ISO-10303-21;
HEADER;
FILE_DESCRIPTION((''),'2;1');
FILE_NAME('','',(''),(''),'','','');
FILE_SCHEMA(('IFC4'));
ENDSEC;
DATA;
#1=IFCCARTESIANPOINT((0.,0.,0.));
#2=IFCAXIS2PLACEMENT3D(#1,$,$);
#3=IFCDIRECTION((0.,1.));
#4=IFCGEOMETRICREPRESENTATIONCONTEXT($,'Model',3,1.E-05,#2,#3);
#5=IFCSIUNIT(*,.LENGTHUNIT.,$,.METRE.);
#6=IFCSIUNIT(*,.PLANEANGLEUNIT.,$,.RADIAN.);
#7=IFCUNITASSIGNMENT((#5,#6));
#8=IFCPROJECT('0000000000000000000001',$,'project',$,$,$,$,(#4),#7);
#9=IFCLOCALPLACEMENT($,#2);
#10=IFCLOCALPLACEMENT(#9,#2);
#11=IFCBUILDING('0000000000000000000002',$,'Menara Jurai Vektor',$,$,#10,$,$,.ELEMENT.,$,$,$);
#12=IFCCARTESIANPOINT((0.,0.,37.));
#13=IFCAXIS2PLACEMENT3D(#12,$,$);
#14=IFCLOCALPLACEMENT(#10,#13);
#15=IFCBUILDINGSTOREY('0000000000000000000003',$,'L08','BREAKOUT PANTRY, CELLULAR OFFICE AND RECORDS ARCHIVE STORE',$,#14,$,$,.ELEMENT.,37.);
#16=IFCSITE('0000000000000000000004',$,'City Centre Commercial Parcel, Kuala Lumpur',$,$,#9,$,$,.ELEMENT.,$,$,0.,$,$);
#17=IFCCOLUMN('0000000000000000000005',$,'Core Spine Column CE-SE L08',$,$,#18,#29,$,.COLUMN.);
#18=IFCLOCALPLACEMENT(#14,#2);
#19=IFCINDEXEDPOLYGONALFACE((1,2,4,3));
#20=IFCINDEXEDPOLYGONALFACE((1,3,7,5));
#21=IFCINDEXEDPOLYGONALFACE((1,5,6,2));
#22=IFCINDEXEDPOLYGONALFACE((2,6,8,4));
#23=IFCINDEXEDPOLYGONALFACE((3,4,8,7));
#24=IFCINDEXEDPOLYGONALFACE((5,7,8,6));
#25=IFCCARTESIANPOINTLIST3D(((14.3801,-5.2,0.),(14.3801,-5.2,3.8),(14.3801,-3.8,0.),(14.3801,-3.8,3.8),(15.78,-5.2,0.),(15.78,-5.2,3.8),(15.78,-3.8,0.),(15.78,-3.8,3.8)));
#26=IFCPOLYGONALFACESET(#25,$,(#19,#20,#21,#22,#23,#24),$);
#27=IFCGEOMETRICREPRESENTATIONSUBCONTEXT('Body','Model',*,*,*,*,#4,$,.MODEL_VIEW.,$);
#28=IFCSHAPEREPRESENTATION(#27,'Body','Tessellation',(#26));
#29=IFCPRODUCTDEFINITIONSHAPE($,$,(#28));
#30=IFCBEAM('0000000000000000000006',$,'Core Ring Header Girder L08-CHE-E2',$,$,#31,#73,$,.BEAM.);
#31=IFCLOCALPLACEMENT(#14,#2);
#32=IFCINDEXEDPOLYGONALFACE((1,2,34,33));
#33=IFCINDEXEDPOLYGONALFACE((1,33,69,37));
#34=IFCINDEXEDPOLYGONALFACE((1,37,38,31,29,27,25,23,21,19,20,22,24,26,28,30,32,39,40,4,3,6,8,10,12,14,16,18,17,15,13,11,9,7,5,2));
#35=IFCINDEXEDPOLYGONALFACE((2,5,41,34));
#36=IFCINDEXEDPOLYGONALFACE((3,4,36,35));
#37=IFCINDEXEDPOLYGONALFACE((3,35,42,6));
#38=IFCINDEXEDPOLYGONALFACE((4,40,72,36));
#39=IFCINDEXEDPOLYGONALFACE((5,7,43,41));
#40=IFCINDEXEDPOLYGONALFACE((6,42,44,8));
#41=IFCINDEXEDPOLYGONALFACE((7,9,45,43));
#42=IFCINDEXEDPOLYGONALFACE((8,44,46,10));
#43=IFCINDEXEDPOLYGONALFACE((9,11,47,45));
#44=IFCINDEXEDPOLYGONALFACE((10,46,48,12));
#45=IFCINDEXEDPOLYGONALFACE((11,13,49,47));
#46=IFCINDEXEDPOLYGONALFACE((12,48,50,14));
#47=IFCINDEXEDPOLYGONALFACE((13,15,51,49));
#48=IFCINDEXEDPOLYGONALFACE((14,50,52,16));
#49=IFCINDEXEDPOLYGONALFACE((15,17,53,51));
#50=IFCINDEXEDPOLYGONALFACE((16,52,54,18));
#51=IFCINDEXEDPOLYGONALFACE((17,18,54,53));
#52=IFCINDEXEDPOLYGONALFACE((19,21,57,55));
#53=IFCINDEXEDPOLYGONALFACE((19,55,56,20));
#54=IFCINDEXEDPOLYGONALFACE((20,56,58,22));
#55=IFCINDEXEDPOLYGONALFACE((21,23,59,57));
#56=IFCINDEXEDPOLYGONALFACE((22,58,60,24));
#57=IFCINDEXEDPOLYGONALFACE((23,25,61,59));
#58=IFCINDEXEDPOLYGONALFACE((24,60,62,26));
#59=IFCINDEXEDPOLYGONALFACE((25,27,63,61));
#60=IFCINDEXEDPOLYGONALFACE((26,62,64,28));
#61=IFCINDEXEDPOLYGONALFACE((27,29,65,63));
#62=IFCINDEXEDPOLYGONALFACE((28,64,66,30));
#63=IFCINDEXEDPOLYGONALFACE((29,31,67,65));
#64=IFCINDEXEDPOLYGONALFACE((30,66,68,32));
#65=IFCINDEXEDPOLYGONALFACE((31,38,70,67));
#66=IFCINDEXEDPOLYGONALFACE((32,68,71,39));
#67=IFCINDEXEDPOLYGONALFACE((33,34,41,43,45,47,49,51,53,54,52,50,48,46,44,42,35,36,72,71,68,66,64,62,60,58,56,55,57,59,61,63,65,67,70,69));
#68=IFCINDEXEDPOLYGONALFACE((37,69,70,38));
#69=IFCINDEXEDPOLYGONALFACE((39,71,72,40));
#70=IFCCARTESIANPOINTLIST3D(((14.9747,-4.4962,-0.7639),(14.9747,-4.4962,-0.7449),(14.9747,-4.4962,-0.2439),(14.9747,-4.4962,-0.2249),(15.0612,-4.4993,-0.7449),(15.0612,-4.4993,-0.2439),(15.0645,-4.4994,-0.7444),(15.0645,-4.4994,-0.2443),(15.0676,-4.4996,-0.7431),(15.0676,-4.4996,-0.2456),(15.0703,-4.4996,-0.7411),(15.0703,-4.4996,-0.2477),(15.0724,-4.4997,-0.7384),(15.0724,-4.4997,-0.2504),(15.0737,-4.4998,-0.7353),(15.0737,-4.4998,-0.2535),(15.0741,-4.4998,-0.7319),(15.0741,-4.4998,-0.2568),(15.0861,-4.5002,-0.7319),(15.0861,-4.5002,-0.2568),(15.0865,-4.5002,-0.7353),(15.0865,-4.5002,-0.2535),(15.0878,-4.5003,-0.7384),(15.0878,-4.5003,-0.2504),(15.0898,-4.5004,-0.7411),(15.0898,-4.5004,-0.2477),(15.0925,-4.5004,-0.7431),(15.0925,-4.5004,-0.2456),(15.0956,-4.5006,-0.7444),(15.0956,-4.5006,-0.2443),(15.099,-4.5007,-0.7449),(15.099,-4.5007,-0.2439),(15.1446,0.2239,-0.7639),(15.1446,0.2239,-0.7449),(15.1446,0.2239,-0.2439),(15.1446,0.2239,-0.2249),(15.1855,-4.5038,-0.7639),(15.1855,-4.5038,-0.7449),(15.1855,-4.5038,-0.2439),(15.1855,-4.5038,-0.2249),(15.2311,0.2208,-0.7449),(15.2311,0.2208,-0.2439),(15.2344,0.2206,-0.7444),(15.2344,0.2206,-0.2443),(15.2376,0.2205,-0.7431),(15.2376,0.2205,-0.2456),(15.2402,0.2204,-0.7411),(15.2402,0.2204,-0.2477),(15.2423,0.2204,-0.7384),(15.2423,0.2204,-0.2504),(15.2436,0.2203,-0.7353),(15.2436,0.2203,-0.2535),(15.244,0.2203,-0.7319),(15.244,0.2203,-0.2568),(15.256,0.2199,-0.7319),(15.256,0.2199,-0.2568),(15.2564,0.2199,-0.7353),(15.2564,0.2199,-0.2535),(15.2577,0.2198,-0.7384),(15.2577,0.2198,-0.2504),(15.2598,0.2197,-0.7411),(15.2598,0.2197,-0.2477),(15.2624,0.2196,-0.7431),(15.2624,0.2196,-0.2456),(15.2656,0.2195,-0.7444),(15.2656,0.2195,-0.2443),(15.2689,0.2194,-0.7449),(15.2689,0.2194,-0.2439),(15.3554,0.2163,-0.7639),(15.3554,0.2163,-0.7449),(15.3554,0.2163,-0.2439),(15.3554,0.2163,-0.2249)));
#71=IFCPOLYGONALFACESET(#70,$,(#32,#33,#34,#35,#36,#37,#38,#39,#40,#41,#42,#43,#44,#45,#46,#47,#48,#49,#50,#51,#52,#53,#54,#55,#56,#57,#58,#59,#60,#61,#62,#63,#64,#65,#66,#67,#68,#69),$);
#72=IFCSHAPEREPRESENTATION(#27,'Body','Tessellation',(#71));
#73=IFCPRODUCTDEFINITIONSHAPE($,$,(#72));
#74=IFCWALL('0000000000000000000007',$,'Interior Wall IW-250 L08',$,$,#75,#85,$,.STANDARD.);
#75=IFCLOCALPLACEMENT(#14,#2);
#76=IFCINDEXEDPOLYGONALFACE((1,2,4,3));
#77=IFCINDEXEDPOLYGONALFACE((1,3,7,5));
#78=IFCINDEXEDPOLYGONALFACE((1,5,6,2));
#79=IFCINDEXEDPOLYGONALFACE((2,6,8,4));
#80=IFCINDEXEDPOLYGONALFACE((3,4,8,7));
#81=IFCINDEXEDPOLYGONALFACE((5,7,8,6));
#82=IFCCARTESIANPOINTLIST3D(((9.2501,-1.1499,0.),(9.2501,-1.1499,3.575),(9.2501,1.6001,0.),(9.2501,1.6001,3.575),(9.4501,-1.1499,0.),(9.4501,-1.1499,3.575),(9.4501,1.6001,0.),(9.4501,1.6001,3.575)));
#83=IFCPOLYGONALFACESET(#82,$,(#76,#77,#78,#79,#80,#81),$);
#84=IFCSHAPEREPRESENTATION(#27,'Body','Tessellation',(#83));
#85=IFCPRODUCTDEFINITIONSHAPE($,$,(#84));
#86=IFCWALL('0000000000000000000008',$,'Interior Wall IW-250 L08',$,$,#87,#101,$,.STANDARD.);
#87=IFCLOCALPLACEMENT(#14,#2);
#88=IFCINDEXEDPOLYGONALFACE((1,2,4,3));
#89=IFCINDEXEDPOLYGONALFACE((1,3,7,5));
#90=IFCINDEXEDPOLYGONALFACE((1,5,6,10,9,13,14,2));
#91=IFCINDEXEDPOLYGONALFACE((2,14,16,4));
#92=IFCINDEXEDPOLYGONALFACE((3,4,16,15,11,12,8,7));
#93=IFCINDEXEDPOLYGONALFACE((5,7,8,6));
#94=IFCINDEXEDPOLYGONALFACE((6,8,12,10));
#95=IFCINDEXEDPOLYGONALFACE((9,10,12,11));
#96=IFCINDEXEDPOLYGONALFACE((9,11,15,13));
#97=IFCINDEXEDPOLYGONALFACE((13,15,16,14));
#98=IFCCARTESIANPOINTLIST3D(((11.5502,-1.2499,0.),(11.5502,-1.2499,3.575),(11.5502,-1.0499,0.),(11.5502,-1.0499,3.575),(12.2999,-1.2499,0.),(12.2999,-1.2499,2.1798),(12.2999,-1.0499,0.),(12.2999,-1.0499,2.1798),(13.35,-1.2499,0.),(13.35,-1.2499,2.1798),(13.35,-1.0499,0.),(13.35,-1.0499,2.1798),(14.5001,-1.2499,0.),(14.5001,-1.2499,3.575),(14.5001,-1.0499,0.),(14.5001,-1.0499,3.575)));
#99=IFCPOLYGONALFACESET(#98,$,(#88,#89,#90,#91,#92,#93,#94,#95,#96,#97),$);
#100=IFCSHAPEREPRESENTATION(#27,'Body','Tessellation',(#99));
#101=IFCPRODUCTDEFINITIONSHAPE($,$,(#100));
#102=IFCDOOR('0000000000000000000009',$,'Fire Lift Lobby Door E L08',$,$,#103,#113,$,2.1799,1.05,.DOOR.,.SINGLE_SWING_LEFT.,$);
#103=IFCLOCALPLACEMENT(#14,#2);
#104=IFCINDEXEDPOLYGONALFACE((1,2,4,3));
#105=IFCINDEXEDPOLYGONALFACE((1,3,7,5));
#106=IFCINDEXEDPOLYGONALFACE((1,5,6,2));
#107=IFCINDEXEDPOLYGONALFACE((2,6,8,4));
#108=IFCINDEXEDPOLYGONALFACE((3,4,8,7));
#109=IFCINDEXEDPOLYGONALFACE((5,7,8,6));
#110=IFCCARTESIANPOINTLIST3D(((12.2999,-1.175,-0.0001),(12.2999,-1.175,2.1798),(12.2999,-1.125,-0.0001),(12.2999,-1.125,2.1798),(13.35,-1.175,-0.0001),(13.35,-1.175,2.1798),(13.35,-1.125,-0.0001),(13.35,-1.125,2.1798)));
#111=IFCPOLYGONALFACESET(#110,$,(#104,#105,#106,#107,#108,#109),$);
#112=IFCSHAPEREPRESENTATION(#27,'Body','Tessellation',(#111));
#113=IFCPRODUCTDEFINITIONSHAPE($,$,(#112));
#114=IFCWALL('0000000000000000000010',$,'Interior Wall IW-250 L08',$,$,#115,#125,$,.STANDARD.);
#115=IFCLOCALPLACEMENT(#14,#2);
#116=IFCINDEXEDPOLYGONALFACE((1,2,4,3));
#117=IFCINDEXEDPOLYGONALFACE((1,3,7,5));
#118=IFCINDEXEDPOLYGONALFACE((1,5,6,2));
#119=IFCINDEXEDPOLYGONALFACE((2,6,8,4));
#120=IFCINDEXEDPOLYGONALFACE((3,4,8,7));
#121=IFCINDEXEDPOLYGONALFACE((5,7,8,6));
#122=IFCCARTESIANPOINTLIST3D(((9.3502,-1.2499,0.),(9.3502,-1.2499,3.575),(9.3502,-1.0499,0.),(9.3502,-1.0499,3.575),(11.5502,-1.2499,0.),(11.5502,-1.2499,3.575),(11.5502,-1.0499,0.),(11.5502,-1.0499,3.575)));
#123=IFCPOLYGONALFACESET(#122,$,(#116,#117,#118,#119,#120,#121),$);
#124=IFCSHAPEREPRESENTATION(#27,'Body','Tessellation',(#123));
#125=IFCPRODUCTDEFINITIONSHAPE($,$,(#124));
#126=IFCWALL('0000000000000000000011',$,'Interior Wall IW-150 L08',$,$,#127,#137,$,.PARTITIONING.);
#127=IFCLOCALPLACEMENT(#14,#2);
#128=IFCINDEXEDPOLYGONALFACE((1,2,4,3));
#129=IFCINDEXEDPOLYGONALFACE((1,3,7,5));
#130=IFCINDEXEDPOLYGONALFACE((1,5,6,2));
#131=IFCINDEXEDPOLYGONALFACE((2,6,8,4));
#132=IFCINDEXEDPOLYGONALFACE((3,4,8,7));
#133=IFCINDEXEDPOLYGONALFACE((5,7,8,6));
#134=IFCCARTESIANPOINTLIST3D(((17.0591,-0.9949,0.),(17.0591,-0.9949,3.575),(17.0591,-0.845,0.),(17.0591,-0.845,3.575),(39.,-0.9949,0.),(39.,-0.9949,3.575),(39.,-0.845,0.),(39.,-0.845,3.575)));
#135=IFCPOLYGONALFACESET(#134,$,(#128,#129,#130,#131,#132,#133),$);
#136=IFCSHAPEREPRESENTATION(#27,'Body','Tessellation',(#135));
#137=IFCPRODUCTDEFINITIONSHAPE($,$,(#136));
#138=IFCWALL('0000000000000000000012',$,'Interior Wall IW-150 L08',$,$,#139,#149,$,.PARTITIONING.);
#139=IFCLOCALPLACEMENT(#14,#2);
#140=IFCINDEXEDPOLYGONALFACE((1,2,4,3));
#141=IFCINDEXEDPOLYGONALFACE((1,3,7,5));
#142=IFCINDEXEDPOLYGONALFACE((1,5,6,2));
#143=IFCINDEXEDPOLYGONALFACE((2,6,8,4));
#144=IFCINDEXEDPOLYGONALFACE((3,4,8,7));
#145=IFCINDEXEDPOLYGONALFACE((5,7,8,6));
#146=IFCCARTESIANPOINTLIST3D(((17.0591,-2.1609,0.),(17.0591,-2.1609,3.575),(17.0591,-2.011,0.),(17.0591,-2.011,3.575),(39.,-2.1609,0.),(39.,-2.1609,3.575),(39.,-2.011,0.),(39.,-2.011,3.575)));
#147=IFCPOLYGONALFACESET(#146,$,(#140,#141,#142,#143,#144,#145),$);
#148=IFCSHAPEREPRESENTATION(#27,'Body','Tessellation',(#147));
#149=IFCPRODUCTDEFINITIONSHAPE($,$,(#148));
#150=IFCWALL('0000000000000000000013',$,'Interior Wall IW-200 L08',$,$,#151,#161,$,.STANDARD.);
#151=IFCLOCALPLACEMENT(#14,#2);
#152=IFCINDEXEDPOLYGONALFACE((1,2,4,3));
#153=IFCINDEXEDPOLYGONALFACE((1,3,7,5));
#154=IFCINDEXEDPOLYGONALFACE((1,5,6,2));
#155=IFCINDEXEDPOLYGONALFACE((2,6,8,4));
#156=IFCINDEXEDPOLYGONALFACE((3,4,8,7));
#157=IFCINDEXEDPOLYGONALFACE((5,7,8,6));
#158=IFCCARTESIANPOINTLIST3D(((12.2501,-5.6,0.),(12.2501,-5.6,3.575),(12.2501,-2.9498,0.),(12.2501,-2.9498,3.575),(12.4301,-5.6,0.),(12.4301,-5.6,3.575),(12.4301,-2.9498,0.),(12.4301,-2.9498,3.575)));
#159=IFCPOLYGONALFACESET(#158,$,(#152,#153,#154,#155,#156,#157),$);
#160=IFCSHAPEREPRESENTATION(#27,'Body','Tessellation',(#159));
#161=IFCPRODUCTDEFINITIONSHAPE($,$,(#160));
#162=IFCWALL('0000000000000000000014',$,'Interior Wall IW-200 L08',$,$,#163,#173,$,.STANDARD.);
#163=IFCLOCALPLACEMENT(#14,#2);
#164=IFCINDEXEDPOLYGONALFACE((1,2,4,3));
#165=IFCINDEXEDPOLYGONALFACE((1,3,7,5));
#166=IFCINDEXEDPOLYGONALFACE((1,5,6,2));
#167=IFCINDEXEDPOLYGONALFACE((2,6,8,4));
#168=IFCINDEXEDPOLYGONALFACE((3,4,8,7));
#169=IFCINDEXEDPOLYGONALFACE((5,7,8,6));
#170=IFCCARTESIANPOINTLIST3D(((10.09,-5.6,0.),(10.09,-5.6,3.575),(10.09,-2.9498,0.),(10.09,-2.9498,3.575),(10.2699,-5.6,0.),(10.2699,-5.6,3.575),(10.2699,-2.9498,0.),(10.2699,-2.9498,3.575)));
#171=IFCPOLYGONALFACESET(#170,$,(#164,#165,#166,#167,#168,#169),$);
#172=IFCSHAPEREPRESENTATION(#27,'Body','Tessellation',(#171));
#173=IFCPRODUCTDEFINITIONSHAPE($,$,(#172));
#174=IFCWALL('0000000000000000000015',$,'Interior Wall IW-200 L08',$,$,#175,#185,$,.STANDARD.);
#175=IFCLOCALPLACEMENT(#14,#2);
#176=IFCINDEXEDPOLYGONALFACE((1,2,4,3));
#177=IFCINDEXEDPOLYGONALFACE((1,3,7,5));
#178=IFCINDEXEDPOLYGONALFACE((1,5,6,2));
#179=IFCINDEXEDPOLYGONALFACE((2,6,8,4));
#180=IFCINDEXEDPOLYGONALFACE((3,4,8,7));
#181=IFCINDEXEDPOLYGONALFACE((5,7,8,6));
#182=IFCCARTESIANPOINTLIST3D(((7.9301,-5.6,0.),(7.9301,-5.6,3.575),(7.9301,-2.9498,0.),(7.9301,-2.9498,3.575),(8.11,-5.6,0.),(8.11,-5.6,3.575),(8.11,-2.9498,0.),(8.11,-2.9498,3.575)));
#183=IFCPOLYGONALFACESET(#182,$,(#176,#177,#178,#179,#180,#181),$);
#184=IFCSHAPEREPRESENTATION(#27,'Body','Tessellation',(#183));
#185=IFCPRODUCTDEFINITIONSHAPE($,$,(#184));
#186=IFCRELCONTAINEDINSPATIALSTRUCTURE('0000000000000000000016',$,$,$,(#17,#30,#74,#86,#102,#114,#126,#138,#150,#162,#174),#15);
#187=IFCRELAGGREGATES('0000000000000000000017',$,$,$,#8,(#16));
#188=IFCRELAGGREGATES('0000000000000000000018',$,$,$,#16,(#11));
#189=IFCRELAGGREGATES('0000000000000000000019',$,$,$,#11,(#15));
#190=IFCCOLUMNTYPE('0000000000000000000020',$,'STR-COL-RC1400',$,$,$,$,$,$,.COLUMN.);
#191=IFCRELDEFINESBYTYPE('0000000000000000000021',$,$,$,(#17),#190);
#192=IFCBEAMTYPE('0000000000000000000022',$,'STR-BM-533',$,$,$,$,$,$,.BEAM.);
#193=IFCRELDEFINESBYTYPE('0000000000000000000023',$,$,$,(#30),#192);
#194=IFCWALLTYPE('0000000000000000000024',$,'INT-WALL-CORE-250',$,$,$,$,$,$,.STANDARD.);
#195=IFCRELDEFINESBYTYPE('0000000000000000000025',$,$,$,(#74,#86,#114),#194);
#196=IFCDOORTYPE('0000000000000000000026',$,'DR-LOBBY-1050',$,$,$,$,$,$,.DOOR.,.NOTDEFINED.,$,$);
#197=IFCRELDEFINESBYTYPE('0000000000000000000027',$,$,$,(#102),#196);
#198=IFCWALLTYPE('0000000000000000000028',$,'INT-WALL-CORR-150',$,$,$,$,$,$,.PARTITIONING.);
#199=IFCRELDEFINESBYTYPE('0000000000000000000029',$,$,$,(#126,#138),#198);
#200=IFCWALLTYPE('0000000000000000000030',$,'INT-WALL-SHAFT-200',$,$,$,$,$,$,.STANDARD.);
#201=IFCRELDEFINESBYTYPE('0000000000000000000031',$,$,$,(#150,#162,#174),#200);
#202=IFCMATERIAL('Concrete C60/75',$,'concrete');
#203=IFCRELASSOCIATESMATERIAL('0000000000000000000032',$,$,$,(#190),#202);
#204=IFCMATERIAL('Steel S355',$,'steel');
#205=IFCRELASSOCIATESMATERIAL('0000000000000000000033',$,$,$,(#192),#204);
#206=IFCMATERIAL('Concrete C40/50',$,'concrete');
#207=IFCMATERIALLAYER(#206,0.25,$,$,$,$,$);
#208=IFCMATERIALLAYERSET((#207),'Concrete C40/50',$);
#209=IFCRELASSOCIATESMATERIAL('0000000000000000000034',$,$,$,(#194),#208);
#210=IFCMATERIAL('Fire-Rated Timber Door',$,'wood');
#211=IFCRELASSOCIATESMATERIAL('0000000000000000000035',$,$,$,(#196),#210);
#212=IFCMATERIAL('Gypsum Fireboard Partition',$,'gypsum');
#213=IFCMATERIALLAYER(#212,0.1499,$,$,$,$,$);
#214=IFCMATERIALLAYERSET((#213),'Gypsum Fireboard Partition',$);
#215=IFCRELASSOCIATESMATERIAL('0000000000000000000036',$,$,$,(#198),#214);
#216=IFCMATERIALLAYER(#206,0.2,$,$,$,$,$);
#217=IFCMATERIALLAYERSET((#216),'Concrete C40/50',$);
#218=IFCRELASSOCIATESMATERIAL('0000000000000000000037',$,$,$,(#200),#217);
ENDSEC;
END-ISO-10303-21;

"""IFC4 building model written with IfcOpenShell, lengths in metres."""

from ifc_helpers import new_model, si_unit, direction, frame, frame_2d, origin, origin_2d, place, context, subcontext, project, spatial, rectangle, i_section, extrude, material, layer, layer_set, material_profile, profile_set, type_object, element, fill, save


model = new_model("IFC4")

# Units and contexts
model_context = context("Model", 3, precision=1e-05, world=origin(), true_north=direction((0.0, 1.0)))
body_context = subcontext(model_context, "Body", "Model", "MODEL_VIEW")
ifc_project = project(units=[si_unit("LENGTHUNIT", "METRE"), si_unit("PLANEANGLEUNIT", "RADIAN")], contexts=[model_context])

# Site, building, storey
site_placement = place(None, origin())
site = spatial("IfcSite", under=ifc_project, at=site_placement, Name="City Centre Commercial Parcel, Kuala Lumpur", CompositionType="ELEMENT", RefElevation=0.0)
building_placement = place(site_placement, origin())
building = spatial("IfcBuilding", under=site, at=building_placement, Name="Menara Jurai Vektor", CompositionType="ELEMENT")
storey_placement = place(building_placement, frame((0.0, 0.0, 37.0)))
storey = spatial("IfcBuildingStorey", under=building, at=storey_placement, Name="L08", Description="BREAKOUT PANTRY, CELLULAR OFFICE AND RECORDS ARCHIVE STORE", CompositionType="ELEMENT", Elevation=37.0)

# Column
ifc_material_1 = material(Name="Concrete C60/75", Category="concrete")
ifc_material_profile_1 = material_profile(ifc_material_1, rectangle(XDim=1.3999, YDim=1.3999, at=origin_2d()), Name="RC 1400x1400")
ifc_profile_set_1 = profile_set([ifc_material_profile_1], Name="Concrete C60/75")
column_type = type_object("IfcColumnType", Name="STR-COL-RC1400", PredefinedType="COLUMN", material=ifc_profile_set_1)
column_placement = place(storey_placement, frame((15.0801, -4.5, 0.0), z_axis=(0.0, 0.0, 1.0), x_axis=(1.0, 0.0, 0.0)))
element("IfcColumn", 1, at=column_placement, inside=storey, type_object=column_type, Name="Core Spine Column CE-SE L08", PredefinedType="COLUMN", context=body_context, shape_type="SweptSolid", body=[
    extrude(rectangle(XDim=1.3999, YDim=1.3999, at=origin_2d()), origin(), (0.0, 0.0, 1.0), 3.8),
])

# Beam
ifc_material_2 = material(Name="Steel S355", Category="steel")
ifc_material_profile_2 = material_profile(ifc_material_2, i_section(OverallWidth=0.2109, OverallDepth=0.5391, WebThickness=0.012, FlangeThickness=0.019, FilletRadius=0.0129, at=origin_2d()), Name="UKB 533x210x109")
ifc_profile_set_2 = profile_set([ifc_material_profile_2], Name="Steel S355")
beam_type = type_object("IfcBeamType", Name="STR-BM-533", PredefinedType="BEAM", material=ifc_profile_set_2)
beam_placement = place(storey_placement, frame((15.0801, -4.5, -0.4944), z_axis=(0.035977, 0.999353, 0.0), x_axis=(-0.999353, 0.035977, 0.0)))
element("IfcBeam", 2, at=beam_placement, inside=storey, type_object=beam_type, Name="Core Ring Header Girder L08-CHE-E2", PredefinedType="BEAM", context=body_context, shape_type="SweptSolid", body=[
    extrude(i_section(OverallWidth=0.2109, OverallDepth=0.5391, WebThickness=0.012, FlangeThickness=0.019, FilletRadius=0.0129, at=origin_2d()), origin(), (0.0, 0.0, 1.0), 4.7231),
])

# Shared definitions
ifc_material_3 = material(Name="Concrete C40/50", Category="concrete")
ifc_layer_1 = layer(ifc_material_3, 0.25)
ifc_layer_set_1 = layer_set([ifc_layer_1], Name="Concrete C40/50")
wall_type_1 = type_object("IfcWallType", Name="INT-WALL-CORE-250", PredefinedType="STANDARD", material=ifc_layer_set_1)

# Wall
wall_1_placement = place(storey_placement, frame((9.3501, -1.1499, 0.0), z_axis=(0.0, 0.0, 1.0), x_axis=(0.0, 1.0, 0.0)))
element("IfcWall", 3, at=wall_1_placement, inside=storey, type_object=wall_type_1, Name="Interior Wall IW-250 L08", PredefinedType="STANDARD", context=body_context, shape_type="SweptSolid", body=[
    extrude(rectangle(XDim=2.75, YDim=0.2, at=frame_2d((1.375, 0.0))), origin(), (0.0, 0.0, 1.0), 3.575),
])

# Wall, opening, door
wall_2_placement = place(storey_placement, frame((11.55, -1.1499, 0.0), z_axis=(0.0, 0.0, 1.0), x_axis=(1.0, 0.0, 0.0)))
wall_2 = element("IfcWall", 4, at=wall_2_placement, inside=storey, type_object=wall_type_1, Name="Interior Wall IW-250 L08", PredefinedType="STANDARD", context=body_context, shape_type="SweptSolid", body=[
    extrude(rectangle(XDim=2.95, YDim=0.2, at=frame_2d((1.4751, 0.0))), origin(), (0.0, 0.0, 1.0), 3.575),
])
opening_1_placement = place(wall_2_placement, frame((0.75, 0.0, 0.0)))
opening_1 = element("IfcOpeningElement", 5, at=opening_1_placement, cuts=wall_2, PredefinedType="OPENING", context=body_context, shape_type="SweptSolid", body=[
    extrude(rectangle(XDim=1.05, YDim=2.1799, at=frame_2d((0.5249, 1.0898))), frame((0.0, 0.1099, 0.0), z_axis=(0.0, -1.0, 0.0), x_axis=(1.0, 0.0, 0.0)), (0.0, 0.0, 1.0), 0.22),
])
ifc_material_4 = material(Name="Fire-Rated Timber Door", Category="wood")
door_type_1 = type_object("IfcDoorType", Name="DR-LOBBY-1050", OperationType="NOTDEFINED", PredefinedType="DOOR", material=ifc_material_4)
door_1_placement = place(opening_1_placement, origin())
door_1 = element("IfcDoor", 6, at=door_1_placement, inside=storey, type_object=door_type_1, Name="Fire Lift Lobby Door E L08", OperationType="SINGLE_SWING_LEFT", OverallHeight=2.1799, OverallWidth=1.05, PredefinedType="DOOR", context=body_context, shape_type="SweptSolid", body=[
    extrude(rectangle(XDim=1.05, YDim=2.1799, at=frame_2d((0.5249, 1.0898))), frame((0.0, 0.0249, 0.0), z_axis=(0.0, -1.0, 0.0), x_axis=(1.0, 0.0, 0.0)), (0.0, 0.0, 1.0), 0.05),
])
fill(opening_1, door_1)

# Wall
wall_3_placement = place(storey_placement, frame((9.3501, -1.1499, 0.0), z_axis=(0.0, 0.0, 1.0), x_axis=(1.0, 0.0, 0.0)))
element("IfcWall", 7, at=wall_3_placement, inside=storey, type_object=wall_type_1, Name="Interior Wall IW-250 L08", PredefinedType="STANDARD", context=body_context, shape_type="SweptSolid", body=[
    extrude(rectangle(XDim=2.2, YDim=0.2, at=frame_2d((1.1001, 0.0))), origin(), (0.0, 0.0, 1.0), 3.575),
])

# Shared definitions
ifc_material_5 = material(Name="Gypsum Fireboard Partition", Category="gypsum")
ifc_layer_2 = layer(ifc_material_5, 0.1499)
ifc_layer_set_2 = layer_set([ifc_layer_2], Name="Gypsum Fireboard Partition")
wall_type_2 = type_object("IfcWallType", Name="INT-WALL-CORR-150", PredefinedType="PARTITIONING", material=ifc_layer_set_2)

# Walls
for number, where, z_axis, x_axis, name in (
    (8, (17.0591, -0.9199, 0.0), (0.0, 0.0, 1.0), (1.0, 0.0, 0.0), "Interior Wall IW-150 L08"),
    (9, (17.0591, -2.0859, 0.0), (0.0, 0.0, 1.0), (1.0, 0.0, 0.0), "Interior Wall IW-150 L08"),
):
    element("IfcWall", number, at=place(storey_placement, frame(where, z_axis=z_axis, x_axis=x_axis)), inside=storey, type_object=wall_type_2, Name=name, PredefinedType="PARTITIONING", context=body_context, shape_type="SweptSolid", body=[
        extrude(rectangle(XDim=21.9409, YDim=0.1499, at=frame_2d((10.9705, 0.0))), origin(), (0.0, 0.0, 1.0), 3.575),
    ])
ifc_layer_3 = layer(ifc_material_3, 0.2)
ifc_layer_set_3 = layer_set([ifc_layer_3], Name="Concrete C40/50")
wall_type_3 = type_object("IfcWallType", Name="INT-WALL-SHAFT-200", PredefinedType="STANDARD", material=ifc_layer_set_3)
for number, where, z_axis, x_axis, name in (
    (10, (12.3401, -5.6001, 0.0), (0.0, 0.0, 1.0), (0.0, 1.0, 0.0), "Interior Wall IW-200 L08"),
    (11, (10.1799, -5.6001, 0.0), (0.0, 0.0, 1.0), (0.0, 1.0, 0.0), "Interior Wall IW-200 L08"),
    (12, (8.02, -5.6001, 0.0), (0.0, 0.0, 1.0), (0.0, 1.0, 0.0), "Interior Wall IW-200 L08"),
):
    element("IfcWall", number, at=place(storey_placement, frame(where, z_axis=z_axis, x_axis=x_axis)), inside=storey, type_object=wall_type_3, Name=name, PredefinedType="STANDARD", context=body_context, shape_type="SweptSolid", body=[
        extrude(rectangle(XDim=2.6501, YDim=0.1799, at=frame_2d((1.3252, 0.0))), origin(), (0.0, 0.0, 1.0), 3.575),
    ])

save(model, "model.ifc")
